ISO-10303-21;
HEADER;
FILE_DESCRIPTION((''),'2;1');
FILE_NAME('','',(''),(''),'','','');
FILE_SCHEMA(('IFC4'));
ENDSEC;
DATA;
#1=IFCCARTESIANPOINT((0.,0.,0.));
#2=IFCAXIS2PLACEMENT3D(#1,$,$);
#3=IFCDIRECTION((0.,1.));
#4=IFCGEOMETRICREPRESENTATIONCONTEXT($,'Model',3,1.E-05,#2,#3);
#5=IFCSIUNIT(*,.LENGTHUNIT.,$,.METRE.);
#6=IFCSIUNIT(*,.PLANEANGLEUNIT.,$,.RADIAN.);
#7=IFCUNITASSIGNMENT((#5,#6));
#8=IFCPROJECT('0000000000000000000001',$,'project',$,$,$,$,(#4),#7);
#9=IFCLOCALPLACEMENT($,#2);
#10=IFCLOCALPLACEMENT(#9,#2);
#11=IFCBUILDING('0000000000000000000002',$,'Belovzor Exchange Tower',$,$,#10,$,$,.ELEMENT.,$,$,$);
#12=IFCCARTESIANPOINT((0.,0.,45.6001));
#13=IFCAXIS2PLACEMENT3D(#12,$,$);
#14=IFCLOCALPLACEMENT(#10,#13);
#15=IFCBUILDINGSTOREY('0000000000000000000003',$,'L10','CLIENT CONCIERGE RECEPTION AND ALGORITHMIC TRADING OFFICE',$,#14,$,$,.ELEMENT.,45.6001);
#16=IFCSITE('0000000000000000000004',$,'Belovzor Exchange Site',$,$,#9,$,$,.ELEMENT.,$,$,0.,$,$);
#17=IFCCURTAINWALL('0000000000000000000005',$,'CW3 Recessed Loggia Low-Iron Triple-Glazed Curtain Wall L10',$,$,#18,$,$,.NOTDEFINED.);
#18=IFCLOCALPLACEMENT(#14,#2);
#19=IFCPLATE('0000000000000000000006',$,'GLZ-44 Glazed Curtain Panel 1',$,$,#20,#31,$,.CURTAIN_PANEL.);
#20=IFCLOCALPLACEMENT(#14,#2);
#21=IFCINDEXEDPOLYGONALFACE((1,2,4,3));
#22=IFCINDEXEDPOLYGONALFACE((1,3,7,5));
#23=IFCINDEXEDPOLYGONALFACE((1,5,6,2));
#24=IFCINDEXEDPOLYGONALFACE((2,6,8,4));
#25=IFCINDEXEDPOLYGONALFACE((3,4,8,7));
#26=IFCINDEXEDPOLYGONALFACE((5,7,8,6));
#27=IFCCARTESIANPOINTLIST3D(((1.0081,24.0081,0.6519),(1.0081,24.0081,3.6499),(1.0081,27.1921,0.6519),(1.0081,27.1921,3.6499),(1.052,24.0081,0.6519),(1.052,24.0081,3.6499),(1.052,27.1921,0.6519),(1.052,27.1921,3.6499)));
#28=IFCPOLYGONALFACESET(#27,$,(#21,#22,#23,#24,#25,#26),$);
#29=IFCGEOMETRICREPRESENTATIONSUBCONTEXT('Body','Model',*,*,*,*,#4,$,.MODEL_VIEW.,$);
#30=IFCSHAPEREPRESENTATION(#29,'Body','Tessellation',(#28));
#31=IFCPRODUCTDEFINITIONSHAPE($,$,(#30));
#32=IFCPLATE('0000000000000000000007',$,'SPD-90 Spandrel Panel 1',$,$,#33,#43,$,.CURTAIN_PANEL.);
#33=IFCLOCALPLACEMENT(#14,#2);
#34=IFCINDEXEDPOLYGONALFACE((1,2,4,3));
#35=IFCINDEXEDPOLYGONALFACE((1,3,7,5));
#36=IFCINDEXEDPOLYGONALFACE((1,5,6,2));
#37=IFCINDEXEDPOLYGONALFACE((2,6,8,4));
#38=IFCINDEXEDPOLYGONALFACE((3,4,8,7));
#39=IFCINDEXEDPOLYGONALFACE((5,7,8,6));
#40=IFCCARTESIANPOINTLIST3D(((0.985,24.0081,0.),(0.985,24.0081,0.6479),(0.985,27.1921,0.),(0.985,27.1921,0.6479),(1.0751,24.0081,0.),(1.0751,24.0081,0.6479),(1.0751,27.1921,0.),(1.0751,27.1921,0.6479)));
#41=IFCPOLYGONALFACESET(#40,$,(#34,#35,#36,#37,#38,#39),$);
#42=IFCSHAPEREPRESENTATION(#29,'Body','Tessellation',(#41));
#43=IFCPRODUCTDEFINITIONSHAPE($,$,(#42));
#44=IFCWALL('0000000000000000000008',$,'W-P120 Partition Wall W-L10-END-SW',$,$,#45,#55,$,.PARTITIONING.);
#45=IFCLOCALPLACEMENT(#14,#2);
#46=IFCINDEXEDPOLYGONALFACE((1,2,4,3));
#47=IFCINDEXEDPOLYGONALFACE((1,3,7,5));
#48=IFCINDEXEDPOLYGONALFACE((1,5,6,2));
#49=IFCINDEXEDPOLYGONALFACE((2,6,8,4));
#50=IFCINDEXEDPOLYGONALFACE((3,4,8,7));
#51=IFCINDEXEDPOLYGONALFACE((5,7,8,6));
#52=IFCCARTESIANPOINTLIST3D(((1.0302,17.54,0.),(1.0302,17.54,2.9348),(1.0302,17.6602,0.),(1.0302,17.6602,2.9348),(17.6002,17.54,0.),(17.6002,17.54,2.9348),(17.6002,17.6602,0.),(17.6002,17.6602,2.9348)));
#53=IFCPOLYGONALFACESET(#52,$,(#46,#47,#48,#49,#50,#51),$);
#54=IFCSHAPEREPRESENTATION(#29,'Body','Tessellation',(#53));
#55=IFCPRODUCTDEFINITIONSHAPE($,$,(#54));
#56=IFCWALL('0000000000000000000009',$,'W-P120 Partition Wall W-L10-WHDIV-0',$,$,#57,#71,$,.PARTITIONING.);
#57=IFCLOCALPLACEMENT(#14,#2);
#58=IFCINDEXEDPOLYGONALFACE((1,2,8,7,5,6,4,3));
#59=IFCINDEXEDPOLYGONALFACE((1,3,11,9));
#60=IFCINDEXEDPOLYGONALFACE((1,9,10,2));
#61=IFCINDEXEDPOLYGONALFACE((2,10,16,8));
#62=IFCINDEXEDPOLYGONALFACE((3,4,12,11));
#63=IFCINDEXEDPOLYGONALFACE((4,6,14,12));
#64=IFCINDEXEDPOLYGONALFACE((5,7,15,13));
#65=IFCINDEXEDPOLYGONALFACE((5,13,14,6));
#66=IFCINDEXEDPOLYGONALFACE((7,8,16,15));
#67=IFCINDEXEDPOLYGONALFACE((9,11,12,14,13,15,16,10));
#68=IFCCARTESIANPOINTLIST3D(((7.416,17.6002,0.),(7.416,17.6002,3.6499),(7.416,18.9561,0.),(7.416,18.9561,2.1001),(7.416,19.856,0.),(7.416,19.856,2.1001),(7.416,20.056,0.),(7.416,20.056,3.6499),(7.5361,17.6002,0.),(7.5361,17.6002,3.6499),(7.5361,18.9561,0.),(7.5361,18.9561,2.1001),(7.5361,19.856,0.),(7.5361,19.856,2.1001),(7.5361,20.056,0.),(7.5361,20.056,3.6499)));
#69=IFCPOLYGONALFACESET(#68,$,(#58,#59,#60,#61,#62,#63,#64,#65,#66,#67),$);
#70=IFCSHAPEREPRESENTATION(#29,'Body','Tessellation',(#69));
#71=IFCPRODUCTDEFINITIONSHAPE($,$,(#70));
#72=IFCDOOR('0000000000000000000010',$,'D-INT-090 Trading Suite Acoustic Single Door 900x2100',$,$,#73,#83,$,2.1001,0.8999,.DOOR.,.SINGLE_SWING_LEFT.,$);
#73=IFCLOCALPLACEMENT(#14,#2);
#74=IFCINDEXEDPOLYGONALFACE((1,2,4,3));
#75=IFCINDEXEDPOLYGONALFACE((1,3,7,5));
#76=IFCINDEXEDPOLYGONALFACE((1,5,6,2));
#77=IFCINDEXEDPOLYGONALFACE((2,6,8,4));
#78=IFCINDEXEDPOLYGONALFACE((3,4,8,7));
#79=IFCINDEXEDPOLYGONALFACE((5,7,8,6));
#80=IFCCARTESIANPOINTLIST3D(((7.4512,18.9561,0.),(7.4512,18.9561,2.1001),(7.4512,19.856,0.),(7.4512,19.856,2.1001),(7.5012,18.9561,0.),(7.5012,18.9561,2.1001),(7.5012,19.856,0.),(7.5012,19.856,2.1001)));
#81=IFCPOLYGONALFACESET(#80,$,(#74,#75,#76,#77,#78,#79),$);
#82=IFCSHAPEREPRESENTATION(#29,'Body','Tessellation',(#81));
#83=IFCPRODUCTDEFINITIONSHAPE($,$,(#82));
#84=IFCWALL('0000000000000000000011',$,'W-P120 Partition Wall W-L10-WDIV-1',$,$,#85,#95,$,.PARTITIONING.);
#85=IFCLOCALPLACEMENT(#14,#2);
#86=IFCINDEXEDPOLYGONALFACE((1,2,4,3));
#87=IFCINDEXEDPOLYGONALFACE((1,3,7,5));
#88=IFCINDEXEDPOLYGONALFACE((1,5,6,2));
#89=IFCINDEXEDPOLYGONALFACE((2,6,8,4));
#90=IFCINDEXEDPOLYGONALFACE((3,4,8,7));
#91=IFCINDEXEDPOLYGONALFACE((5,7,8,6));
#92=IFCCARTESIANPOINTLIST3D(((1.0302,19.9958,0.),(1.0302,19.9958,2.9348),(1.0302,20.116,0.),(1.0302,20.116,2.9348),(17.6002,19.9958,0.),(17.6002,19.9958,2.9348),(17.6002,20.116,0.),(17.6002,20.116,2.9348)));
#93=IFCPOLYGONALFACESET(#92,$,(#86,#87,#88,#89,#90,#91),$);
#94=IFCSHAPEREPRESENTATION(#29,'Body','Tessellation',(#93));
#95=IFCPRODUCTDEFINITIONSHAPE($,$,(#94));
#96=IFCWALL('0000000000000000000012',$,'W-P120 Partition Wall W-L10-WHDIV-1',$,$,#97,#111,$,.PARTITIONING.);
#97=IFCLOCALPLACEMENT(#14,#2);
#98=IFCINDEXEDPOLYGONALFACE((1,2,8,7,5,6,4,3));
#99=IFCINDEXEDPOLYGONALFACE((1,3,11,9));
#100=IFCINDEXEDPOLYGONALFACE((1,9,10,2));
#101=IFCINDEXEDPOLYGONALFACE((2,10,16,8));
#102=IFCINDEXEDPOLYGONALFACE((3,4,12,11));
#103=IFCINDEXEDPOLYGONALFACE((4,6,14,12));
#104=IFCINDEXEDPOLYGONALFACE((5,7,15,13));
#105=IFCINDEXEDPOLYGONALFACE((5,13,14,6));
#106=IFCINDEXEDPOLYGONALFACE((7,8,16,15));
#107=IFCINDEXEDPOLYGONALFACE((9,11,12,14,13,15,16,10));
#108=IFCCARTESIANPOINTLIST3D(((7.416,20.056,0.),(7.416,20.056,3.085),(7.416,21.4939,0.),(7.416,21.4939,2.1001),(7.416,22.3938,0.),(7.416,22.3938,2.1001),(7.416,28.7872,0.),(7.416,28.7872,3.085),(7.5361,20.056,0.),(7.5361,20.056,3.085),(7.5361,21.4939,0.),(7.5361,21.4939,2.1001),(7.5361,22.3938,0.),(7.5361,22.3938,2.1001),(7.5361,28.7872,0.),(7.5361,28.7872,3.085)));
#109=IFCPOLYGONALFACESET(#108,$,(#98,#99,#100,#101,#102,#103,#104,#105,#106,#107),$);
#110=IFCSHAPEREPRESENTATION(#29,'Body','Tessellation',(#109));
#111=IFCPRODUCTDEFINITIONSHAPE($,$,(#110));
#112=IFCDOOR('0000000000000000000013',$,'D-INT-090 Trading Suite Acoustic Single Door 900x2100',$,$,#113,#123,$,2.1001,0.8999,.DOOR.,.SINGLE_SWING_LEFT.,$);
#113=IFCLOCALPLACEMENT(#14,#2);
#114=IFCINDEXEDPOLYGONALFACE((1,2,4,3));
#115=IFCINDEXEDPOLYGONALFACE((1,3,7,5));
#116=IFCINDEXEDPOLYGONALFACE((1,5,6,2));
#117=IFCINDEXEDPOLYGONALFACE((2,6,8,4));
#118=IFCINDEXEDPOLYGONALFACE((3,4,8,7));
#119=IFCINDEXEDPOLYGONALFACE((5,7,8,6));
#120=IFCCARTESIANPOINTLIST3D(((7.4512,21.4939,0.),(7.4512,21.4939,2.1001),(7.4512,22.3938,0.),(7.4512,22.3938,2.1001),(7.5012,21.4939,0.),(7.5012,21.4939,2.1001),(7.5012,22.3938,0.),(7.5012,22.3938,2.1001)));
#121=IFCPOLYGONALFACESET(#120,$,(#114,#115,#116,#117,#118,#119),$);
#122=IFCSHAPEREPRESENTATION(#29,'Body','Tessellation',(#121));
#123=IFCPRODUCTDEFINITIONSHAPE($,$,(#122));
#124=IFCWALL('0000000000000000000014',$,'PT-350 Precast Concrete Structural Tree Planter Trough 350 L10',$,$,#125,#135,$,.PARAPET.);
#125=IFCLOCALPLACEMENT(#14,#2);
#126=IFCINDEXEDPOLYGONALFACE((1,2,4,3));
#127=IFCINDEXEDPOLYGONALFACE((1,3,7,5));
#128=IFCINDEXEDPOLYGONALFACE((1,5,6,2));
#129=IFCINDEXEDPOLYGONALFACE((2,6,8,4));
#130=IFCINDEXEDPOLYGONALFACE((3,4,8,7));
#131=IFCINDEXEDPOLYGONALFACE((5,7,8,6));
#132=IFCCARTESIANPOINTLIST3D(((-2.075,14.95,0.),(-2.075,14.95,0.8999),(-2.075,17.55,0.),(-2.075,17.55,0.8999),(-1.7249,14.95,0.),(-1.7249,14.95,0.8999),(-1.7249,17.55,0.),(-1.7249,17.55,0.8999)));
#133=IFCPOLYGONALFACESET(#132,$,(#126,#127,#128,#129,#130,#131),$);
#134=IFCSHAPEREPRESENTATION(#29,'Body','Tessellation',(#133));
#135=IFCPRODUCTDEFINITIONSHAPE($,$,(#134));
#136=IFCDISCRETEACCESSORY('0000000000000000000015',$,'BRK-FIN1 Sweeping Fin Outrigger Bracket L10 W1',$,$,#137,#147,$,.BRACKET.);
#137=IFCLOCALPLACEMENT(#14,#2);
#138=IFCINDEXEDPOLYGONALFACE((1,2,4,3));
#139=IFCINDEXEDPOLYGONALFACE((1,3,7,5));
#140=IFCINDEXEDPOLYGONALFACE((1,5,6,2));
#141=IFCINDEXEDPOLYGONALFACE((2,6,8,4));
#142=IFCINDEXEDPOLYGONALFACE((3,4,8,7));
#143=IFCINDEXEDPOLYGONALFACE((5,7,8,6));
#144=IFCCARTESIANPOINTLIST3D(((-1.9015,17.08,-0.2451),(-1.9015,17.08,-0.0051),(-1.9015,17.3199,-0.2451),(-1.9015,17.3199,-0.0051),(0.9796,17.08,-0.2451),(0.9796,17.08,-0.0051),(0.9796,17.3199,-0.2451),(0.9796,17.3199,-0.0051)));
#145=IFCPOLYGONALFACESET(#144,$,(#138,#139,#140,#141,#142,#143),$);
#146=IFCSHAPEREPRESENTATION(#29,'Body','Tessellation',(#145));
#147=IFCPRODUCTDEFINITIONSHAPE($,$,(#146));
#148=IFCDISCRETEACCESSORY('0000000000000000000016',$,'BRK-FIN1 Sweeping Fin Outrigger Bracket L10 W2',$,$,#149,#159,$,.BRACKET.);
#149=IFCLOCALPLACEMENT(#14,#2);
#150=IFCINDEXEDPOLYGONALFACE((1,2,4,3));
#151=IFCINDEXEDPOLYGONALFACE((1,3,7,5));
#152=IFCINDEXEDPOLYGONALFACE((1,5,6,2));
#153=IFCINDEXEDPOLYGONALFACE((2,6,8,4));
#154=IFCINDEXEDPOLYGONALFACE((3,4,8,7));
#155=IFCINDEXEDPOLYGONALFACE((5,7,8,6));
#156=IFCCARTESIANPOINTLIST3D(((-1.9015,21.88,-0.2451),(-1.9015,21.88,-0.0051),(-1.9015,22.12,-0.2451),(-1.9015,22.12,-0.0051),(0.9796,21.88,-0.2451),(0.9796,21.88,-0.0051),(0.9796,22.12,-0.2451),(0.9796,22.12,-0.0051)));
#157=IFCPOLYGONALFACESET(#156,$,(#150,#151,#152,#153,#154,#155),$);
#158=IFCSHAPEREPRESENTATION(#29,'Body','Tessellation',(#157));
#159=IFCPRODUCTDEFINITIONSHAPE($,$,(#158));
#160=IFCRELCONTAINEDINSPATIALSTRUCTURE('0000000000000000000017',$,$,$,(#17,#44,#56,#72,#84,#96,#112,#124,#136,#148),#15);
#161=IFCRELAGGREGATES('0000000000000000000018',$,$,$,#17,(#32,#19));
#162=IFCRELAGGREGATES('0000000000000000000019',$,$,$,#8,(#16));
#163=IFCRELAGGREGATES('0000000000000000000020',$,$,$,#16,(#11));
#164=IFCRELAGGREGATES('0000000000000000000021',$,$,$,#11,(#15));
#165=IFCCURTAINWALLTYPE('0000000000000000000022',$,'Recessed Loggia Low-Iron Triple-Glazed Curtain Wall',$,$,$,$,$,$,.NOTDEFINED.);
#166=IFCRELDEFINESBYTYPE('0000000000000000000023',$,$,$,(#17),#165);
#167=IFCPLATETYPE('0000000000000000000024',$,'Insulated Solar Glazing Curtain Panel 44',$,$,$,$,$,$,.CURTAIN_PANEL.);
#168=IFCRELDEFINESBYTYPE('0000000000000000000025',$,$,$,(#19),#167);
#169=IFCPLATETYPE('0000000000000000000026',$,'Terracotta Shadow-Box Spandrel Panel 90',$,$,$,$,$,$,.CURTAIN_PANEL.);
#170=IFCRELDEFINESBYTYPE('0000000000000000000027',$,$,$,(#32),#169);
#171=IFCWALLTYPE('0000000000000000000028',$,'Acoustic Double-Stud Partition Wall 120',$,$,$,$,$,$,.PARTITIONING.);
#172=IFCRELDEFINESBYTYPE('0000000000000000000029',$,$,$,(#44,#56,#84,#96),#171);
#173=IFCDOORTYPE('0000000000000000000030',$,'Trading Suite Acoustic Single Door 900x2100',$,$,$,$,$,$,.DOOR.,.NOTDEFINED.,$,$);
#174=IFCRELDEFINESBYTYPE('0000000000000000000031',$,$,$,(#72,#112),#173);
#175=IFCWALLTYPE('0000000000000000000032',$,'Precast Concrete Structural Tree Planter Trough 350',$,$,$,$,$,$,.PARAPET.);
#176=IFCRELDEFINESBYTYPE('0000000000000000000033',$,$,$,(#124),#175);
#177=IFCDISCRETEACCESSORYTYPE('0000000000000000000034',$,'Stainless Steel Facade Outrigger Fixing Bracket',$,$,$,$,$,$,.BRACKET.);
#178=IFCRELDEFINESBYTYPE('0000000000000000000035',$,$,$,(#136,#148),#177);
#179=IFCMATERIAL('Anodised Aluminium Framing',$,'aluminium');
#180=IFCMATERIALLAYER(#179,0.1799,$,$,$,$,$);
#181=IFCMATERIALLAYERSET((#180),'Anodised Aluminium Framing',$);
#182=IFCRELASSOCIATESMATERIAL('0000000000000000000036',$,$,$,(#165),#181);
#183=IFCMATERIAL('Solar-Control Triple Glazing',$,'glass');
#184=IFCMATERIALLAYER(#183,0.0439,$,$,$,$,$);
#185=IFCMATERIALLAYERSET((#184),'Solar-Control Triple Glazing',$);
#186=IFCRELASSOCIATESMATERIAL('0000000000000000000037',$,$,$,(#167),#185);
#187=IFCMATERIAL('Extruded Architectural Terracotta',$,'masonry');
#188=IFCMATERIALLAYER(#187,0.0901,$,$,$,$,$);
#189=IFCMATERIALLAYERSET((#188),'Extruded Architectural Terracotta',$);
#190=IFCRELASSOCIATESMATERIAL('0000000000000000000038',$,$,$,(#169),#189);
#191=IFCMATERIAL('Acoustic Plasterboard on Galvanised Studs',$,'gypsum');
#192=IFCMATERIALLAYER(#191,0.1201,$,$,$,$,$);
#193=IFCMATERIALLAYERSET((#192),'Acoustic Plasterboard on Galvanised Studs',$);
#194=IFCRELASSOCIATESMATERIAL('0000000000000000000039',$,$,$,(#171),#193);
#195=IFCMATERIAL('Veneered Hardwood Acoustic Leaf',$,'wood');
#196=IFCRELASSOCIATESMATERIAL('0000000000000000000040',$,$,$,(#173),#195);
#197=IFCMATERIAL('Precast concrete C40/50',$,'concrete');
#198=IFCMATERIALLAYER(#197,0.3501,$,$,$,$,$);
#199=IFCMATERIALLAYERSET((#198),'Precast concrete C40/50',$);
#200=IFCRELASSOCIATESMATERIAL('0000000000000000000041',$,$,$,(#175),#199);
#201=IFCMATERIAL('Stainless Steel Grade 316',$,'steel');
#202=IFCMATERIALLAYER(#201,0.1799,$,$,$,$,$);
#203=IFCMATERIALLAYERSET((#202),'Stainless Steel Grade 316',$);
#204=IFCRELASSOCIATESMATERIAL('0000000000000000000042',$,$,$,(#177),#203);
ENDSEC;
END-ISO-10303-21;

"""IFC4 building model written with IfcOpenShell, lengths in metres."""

from ifc_helpers import new_model, si_unit, direction, frame, frame_2d, origin, origin_2d, place, context, subcontext, project, spatial, rectangle, extrude, material, layer, layer_set, type_object, element, fill, aggregate, save


model = new_model("IFC4")

# Units and contexts
model_context = context("Model", 3, precision=1e-05, world=origin(), true_north=direction((0.0, 1.0)))
body_context = subcontext(model_context, "Body", "Model", "MODEL_VIEW")
ifc_project = project(units=[si_unit("LENGTHUNIT", "METRE"), si_unit("PLANEANGLEUNIT", "RADIAN")], contexts=[model_context])

# Site, building, storey
site_placement = place(None, origin())
site = spatial("IfcSite", under=ifc_project, at=site_placement, Name="Belovzor Exchange Site", CompositionType="ELEMENT", RefElevation=0.0)
building_placement = place(site_placement, origin())
building = spatial("IfcBuilding", under=site, at=building_placement, Name="Belovzor Exchange Tower", CompositionType="ELEMENT")
storey_placement = place(building_placement, frame((0.0, 0.0, 45.6001)))
storey = spatial("IfcBuildingStorey", under=building, at=storey_placement, Name="L10", Description="CLIENT CONCIERGE RECEPTION AND ALGORITHMIC TRADING OFFICE", CompositionType="ELEMENT", Elevation=45.6001)

# Curtain wall
ifc_material_1 = material(Name="Anodised Aluminium Framing", Category="aluminium")
ifc_layer_1 = layer(ifc_material_1, 0.1799)
ifc_layer_set_1 = layer_set([ifc_layer_1], Name="Anodised Aluminium Framing")
curtain_wall_type = type_object("IfcCurtainWallType", Name="Recessed Loggia Low-Iron Triple-Glazed Curtain Wall", PredefinedType="NOTDEFINED", material=ifc_layer_set_1)
curtain_wall_placement = place(storey_placement, origin())
curtain_wall = element("IfcCurtainWall", 1, at=curtain_wall_placement, inside=storey, type_object=curtain_wall_type, Name="CW3 Recessed Loggia Low-Iron Triple-Glazed Curtain Wall L10", PredefinedType="NOTDEFINED")

# Plates
ifc_material_2 = material(Name="Solar-Control Triple Glazing", Category="glass")
ifc_layer_2 = layer(ifc_material_2, 0.0439)
ifc_layer_set_2 = layer_set([ifc_layer_2], Name="Solar-Control Triple Glazing")
plate_type_1 = type_object("IfcPlateType", Name="Insulated Solar Glazing Curtain Panel 44", PredefinedType="CURTAIN_PANEL", material=ifc_layer_set_2)
plate_1_placement = place(storey_placement, frame((1.03, 25.6001, 0.6519), z_axis=(0.0, 0.0, 1.0), x_axis=(0.0, 1.0, 0.0)))
plate_1 = element("IfcPlate", 2, at=plate_1_placement, type_object=plate_type_1, Name="GLZ-44 Glazed Curtain Panel 1", PredefinedType="CURTAIN_PANEL", context=body_context, shape_type="SweptSolid", body=[
    extrude(rectangle(XDim=3.1841, YDim=0.0439, at=origin_2d()), origin(), (0.0, 0.0, 1.0), 2.998),
])
ifc_material_3 = material(Name="Extruded Architectural Terracotta", Category="masonry")
ifc_layer_3 = layer(ifc_material_3, 0.0901)
ifc_layer_set_3 = layer_set([ifc_layer_3], Name="Extruded Architectural Terracotta")
plate_type_2 = type_object("IfcPlateType", Name="Terracotta Shadow-Box Spandrel Panel 90", PredefinedType="CURTAIN_PANEL", material=ifc_layer_set_3)
plate_2_placement = place(storey_placement, frame((1.03, 25.6001, 0.0), z_axis=(0.0, 0.0, 1.0), x_axis=(0.0, 1.0, 0.0)))
plate_2 = element("IfcPlate", 3, at=plate_2_placement, type_object=plate_type_2, Name="SPD-90 Spandrel Panel 1", PredefinedType="CURTAIN_PANEL", context=body_context, shape_type="SweptSolid", body=[
    extrude(rectangle(XDim=3.1841, YDim=0.0901, at=origin_2d()), origin(), (0.0, 0.0, 1.0), 0.6479),
])
aggregate(curtain_wall, [plate_2, plate_1])

# Wall
ifc_material_4 = material(Name="Acoustic Plasterboard on Galvanised Studs", Category="gypsum")
ifc_layer_4 = layer(ifc_material_4, 0.1201)
ifc_layer_set_4 = layer_set([ifc_layer_4], Name="Acoustic Plasterboard on Galvanised Studs")
wall_type_1 = type_object("IfcWallType", Name="Acoustic Double-Stud Partition Wall 120", PredefinedType="PARTITIONING", material=ifc_layer_set_4)
wall_1_placement = place(storey_placement, frame((1.03, 17.6001, 0.0), z_axis=(0.0, 0.0, 1.0), x_axis=(1.0, 0.0, 0.0)))
element("IfcWall", 4, at=wall_1_placement, inside=storey, type_object=wall_type_1, Name="W-P120 Partition Wall W-L10-END-SW", PredefinedType="PARTITIONING", context=body_context, shape_type="SweptSolid", body=[
    extrude(rectangle(XDim=16.5701, YDim=0.1201, at=frame_2d((8.2852, 0.0))), origin(), (0.0, 0.0, 1.0), 2.9348),
])

# Wall, opening, door
wall_2_placement = place(storey_placement, frame((7.4761, 17.6001, 0.0), z_axis=(0.0, 0.0, 1.0), x_axis=(0.0, 1.0, 0.0)))
wall_2 = element("IfcWall", 5, at=wall_2_placement, inside=storey, type_object=wall_type_1, Name="W-P120 Partition Wall W-L10-WHDIV-0", PredefinedType="PARTITIONING", context=body_context, shape_type="SweptSolid", body=[
    extrude(rectangle(XDim=2.4558, YDim=0.1201, at=frame_2d((1.228, 0.0))), origin(), (0.0, 0.0, 1.0), 3.6499),
])
opening_1_placement = place(wall_2_placement, frame((1.356, 0.0, 0.0)))
opening_1 = element("IfcOpeningElement", 6, at=opening_1_placement, cuts=wall_2, PredefinedType="OPENING", context=body_context, shape_type="SweptSolid", body=[
    extrude(rectangle(XDim=0.8999, YDim=2.1001, at=frame_2d((0.45, 1.05))), frame((0.0, 0.0701, 0.0), z_axis=(0.0, -1.0, 0.0), x_axis=(1.0, 0.0, 0.0)), (0.0, 0.0, 1.0), 0.1401),
])
ifc_material_5 = material(Name="Veneered Hardwood Acoustic Leaf", Category="wood")
door_type = type_object("IfcDoorType", Name="Trading Suite Acoustic Single Door 900x2100", OperationType="NOTDEFINED", PredefinedType="DOOR", material=ifc_material_5)
door_1_placement = place(opening_1_placement, origin())
door_1 = element("IfcDoor", 7, at=door_1_placement, inside=storey, type_object=door_type, Name="D-INT-090 Trading Suite Acoustic Single Door 900x2100", OperationType="SINGLE_SWING_LEFT", OverallHeight=2.1001, OverallWidth=0.8999, PredefinedType="DOOR", context=body_context, shape_type="SweptSolid", body=[
    extrude(rectangle(XDim=0.8999, YDim=2.1001, at=frame_2d((0.45, 1.05))), frame((0.0, 0.0249, 0.0), z_axis=(0.0, -1.0, 0.0), x_axis=(1.0, 0.0, 0.0)), (0.0, 0.0, 1.0), 0.05),
])
fill(opening_1, door_1)

# Wall
wall_3_placement = place(storey_placement, frame((1.03, 20.0559, 0.0), z_axis=(0.0, 0.0, 1.0), x_axis=(1.0, 0.0, 0.0)))
element("IfcWall", 8, at=wall_3_placement, inside=storey, type_object=wall_type_1, Name="W-P120 Partition Wall W-L10-WDIV-1", PredefinedType="PARTITIONING", context=body_context, shape_type="SweptSolid", body=[
    extrude(rectangle(XDim=16.5701, YDim=0.1201, at=frame_2d((8.2852, 0.0))), origin(), (0.0, 0.0, 1.0), 2.9348),
])

# Wall, opening, door
wall_4_placement = place(storey_placement, frame((7.4761, 20.0559, 0.0), z_axis=(0.0, 0.0, 1.0), x_axis=(0.0, 1.0, 0.0)))
wall_4 = element("IfcWall", 9, at=wall_4_placement, inside=storey, type_object=wall_type_1, Name="W-P120 Partition Wall W-L10-WHDIV-1", PredefinedType="PARTITIONING", context=body_context, shape_type="SweptSolid", body=[
    extrude(rectangle(XDim=8.7312, YDim=0.1201, at=frame_2d((4.3657, 0.0))), origin(), (0.0, 0.0, 1.0), 3.085),
])
opening_2_placement = place(wall_4_placement, frame((1.438, 0.0, 0.0)))
opening_2 = element("IfcOpeningElement", 10, at=opening_2_placement, cuts=wall_4, PredefinedType="OPENING", context=body_context, shape_type="SweptSolid", body=[
    extrude(rectangle(XDim=0.8999, YDim=2.1001, at=frame_2d((0.45, 1.05))), frame((0.0, 0.0701, 0.0), z_axis=(0.0, -1.0, 0.0), x_axis=(1.0, 0.0, 0.0)), (0.0, 0.0, 1.0), 0.1401),
])
door_2_placement = place(opening_2_placement, origin())
door_2 = element("IfcDoor", 11, at=door_2_placement, inside=storey, type_object=door_type, Name="D-INT-090 Trading Suite Acoustic Single Door 900x2100", OperationType="SINGLE_SWING_LEFT", OverallHeight=2.1001, OverallWidth=0.8999, PredefinedType="DOOR", context=body_context, shape_type="SweptSolid", body=[
    extrude(rectangle(XDim=0.8999, YDim=2.1001, at=frame_2d((0.45, 1.05))), frame((0.0, 0.0249, 0.0), z_axis=(0.0, -1.0, 0.0), x_axis=(1.0, 0.0, 0.0)), (0.0, 0.0, 1.0), 0.05),
])
fill(opening_2, door_2)

# Wall
ifc_material_6 = material(Name="Precast concrete C40/50", Category="concrete")
ifc_layer_5 = layer(ifc_material_6, 0.3501)
ifc_layer_set_5 = layer_set([ifc_layer_5], Name="Precast concrete C40/50")
wall_type_2 = type_object("IfcWallType", Name="Precast Concrete Structural Tree Planter Trough 350", PredefinedType="PARAPET", material=ifc_layer_set_5)
wall_5_placement = place(storey_placement, frame((-1.8999, 14.95, 0.0), z_axis=(0.0, 0.0, 1.0), x_axis=(0.0, 1.0, 0.0)))
element("IfcWall", 12, at=wall_5_placement, inside=storey, type_object=wall_type_2, Name="PT-350 Precast Concrete Structural Tree Planter Trough 350 L10", PredefinedType="PARAPET", context=body_context, shape_type="SweptSolid", body=[
    extrude(rectangle(XDim=2.6001, YDim=0.3501, at=frame_2d((1.3, 0.0))), origin(), (0.0, 0.0, 1.0), 0.8999),
])

# Discrete accessories
ifc_material_7 = material(Name="Stainless Steel Grade 316", Category="steel")
ifc_layer_6 = layer(ifc_material_7, 0.1799)
ifc_layer_set_6 = layer_set([ifc_layer_6], Name="Stainless Steel Grade 316")
discrete_accessory_type = type_object("IfcDiscreteAccessoryType", Name="Stainless Steel Facade Outrigger Fixing Bracket", PredefinedType="BRACKET", material=ifc_layer_set_6)
for number, where, z_axis, x_axis, name in (
    (13, (-0.4609, 17.2, -0.2451), (0.0, 0.0, 1.0), (1.0, 0.0, 0.0), "BRK-FIN1 Sweeping Fin Outrigger Bracket L10 W1"),
    (14, (-0.4609, 22.0, -0.2451), (0.0, 0.0, 1.0), (1.0, 0.0, 0.0), "BRK-FIN1 Sweeping Fin Outrigger Bracket L10 W2"),
):
    element("IfcDiscreteAccessory", number, at=place(storey_placement, frame(where, z_axis=z_axis, x_axis=x_axis)), inside=storey, type_object=discrete_accessory_type, Name=name, PredefinedType="BRACKET", context=body_context, shape_type="SweptSolid", body=[
        extrude(rectangle(XDim=2.8811, YDim=0.24, at=origin_2d()), origin(), (0.0, 0.0, 1.0), 0.24),
    ])

save(model, "model.ifc")
